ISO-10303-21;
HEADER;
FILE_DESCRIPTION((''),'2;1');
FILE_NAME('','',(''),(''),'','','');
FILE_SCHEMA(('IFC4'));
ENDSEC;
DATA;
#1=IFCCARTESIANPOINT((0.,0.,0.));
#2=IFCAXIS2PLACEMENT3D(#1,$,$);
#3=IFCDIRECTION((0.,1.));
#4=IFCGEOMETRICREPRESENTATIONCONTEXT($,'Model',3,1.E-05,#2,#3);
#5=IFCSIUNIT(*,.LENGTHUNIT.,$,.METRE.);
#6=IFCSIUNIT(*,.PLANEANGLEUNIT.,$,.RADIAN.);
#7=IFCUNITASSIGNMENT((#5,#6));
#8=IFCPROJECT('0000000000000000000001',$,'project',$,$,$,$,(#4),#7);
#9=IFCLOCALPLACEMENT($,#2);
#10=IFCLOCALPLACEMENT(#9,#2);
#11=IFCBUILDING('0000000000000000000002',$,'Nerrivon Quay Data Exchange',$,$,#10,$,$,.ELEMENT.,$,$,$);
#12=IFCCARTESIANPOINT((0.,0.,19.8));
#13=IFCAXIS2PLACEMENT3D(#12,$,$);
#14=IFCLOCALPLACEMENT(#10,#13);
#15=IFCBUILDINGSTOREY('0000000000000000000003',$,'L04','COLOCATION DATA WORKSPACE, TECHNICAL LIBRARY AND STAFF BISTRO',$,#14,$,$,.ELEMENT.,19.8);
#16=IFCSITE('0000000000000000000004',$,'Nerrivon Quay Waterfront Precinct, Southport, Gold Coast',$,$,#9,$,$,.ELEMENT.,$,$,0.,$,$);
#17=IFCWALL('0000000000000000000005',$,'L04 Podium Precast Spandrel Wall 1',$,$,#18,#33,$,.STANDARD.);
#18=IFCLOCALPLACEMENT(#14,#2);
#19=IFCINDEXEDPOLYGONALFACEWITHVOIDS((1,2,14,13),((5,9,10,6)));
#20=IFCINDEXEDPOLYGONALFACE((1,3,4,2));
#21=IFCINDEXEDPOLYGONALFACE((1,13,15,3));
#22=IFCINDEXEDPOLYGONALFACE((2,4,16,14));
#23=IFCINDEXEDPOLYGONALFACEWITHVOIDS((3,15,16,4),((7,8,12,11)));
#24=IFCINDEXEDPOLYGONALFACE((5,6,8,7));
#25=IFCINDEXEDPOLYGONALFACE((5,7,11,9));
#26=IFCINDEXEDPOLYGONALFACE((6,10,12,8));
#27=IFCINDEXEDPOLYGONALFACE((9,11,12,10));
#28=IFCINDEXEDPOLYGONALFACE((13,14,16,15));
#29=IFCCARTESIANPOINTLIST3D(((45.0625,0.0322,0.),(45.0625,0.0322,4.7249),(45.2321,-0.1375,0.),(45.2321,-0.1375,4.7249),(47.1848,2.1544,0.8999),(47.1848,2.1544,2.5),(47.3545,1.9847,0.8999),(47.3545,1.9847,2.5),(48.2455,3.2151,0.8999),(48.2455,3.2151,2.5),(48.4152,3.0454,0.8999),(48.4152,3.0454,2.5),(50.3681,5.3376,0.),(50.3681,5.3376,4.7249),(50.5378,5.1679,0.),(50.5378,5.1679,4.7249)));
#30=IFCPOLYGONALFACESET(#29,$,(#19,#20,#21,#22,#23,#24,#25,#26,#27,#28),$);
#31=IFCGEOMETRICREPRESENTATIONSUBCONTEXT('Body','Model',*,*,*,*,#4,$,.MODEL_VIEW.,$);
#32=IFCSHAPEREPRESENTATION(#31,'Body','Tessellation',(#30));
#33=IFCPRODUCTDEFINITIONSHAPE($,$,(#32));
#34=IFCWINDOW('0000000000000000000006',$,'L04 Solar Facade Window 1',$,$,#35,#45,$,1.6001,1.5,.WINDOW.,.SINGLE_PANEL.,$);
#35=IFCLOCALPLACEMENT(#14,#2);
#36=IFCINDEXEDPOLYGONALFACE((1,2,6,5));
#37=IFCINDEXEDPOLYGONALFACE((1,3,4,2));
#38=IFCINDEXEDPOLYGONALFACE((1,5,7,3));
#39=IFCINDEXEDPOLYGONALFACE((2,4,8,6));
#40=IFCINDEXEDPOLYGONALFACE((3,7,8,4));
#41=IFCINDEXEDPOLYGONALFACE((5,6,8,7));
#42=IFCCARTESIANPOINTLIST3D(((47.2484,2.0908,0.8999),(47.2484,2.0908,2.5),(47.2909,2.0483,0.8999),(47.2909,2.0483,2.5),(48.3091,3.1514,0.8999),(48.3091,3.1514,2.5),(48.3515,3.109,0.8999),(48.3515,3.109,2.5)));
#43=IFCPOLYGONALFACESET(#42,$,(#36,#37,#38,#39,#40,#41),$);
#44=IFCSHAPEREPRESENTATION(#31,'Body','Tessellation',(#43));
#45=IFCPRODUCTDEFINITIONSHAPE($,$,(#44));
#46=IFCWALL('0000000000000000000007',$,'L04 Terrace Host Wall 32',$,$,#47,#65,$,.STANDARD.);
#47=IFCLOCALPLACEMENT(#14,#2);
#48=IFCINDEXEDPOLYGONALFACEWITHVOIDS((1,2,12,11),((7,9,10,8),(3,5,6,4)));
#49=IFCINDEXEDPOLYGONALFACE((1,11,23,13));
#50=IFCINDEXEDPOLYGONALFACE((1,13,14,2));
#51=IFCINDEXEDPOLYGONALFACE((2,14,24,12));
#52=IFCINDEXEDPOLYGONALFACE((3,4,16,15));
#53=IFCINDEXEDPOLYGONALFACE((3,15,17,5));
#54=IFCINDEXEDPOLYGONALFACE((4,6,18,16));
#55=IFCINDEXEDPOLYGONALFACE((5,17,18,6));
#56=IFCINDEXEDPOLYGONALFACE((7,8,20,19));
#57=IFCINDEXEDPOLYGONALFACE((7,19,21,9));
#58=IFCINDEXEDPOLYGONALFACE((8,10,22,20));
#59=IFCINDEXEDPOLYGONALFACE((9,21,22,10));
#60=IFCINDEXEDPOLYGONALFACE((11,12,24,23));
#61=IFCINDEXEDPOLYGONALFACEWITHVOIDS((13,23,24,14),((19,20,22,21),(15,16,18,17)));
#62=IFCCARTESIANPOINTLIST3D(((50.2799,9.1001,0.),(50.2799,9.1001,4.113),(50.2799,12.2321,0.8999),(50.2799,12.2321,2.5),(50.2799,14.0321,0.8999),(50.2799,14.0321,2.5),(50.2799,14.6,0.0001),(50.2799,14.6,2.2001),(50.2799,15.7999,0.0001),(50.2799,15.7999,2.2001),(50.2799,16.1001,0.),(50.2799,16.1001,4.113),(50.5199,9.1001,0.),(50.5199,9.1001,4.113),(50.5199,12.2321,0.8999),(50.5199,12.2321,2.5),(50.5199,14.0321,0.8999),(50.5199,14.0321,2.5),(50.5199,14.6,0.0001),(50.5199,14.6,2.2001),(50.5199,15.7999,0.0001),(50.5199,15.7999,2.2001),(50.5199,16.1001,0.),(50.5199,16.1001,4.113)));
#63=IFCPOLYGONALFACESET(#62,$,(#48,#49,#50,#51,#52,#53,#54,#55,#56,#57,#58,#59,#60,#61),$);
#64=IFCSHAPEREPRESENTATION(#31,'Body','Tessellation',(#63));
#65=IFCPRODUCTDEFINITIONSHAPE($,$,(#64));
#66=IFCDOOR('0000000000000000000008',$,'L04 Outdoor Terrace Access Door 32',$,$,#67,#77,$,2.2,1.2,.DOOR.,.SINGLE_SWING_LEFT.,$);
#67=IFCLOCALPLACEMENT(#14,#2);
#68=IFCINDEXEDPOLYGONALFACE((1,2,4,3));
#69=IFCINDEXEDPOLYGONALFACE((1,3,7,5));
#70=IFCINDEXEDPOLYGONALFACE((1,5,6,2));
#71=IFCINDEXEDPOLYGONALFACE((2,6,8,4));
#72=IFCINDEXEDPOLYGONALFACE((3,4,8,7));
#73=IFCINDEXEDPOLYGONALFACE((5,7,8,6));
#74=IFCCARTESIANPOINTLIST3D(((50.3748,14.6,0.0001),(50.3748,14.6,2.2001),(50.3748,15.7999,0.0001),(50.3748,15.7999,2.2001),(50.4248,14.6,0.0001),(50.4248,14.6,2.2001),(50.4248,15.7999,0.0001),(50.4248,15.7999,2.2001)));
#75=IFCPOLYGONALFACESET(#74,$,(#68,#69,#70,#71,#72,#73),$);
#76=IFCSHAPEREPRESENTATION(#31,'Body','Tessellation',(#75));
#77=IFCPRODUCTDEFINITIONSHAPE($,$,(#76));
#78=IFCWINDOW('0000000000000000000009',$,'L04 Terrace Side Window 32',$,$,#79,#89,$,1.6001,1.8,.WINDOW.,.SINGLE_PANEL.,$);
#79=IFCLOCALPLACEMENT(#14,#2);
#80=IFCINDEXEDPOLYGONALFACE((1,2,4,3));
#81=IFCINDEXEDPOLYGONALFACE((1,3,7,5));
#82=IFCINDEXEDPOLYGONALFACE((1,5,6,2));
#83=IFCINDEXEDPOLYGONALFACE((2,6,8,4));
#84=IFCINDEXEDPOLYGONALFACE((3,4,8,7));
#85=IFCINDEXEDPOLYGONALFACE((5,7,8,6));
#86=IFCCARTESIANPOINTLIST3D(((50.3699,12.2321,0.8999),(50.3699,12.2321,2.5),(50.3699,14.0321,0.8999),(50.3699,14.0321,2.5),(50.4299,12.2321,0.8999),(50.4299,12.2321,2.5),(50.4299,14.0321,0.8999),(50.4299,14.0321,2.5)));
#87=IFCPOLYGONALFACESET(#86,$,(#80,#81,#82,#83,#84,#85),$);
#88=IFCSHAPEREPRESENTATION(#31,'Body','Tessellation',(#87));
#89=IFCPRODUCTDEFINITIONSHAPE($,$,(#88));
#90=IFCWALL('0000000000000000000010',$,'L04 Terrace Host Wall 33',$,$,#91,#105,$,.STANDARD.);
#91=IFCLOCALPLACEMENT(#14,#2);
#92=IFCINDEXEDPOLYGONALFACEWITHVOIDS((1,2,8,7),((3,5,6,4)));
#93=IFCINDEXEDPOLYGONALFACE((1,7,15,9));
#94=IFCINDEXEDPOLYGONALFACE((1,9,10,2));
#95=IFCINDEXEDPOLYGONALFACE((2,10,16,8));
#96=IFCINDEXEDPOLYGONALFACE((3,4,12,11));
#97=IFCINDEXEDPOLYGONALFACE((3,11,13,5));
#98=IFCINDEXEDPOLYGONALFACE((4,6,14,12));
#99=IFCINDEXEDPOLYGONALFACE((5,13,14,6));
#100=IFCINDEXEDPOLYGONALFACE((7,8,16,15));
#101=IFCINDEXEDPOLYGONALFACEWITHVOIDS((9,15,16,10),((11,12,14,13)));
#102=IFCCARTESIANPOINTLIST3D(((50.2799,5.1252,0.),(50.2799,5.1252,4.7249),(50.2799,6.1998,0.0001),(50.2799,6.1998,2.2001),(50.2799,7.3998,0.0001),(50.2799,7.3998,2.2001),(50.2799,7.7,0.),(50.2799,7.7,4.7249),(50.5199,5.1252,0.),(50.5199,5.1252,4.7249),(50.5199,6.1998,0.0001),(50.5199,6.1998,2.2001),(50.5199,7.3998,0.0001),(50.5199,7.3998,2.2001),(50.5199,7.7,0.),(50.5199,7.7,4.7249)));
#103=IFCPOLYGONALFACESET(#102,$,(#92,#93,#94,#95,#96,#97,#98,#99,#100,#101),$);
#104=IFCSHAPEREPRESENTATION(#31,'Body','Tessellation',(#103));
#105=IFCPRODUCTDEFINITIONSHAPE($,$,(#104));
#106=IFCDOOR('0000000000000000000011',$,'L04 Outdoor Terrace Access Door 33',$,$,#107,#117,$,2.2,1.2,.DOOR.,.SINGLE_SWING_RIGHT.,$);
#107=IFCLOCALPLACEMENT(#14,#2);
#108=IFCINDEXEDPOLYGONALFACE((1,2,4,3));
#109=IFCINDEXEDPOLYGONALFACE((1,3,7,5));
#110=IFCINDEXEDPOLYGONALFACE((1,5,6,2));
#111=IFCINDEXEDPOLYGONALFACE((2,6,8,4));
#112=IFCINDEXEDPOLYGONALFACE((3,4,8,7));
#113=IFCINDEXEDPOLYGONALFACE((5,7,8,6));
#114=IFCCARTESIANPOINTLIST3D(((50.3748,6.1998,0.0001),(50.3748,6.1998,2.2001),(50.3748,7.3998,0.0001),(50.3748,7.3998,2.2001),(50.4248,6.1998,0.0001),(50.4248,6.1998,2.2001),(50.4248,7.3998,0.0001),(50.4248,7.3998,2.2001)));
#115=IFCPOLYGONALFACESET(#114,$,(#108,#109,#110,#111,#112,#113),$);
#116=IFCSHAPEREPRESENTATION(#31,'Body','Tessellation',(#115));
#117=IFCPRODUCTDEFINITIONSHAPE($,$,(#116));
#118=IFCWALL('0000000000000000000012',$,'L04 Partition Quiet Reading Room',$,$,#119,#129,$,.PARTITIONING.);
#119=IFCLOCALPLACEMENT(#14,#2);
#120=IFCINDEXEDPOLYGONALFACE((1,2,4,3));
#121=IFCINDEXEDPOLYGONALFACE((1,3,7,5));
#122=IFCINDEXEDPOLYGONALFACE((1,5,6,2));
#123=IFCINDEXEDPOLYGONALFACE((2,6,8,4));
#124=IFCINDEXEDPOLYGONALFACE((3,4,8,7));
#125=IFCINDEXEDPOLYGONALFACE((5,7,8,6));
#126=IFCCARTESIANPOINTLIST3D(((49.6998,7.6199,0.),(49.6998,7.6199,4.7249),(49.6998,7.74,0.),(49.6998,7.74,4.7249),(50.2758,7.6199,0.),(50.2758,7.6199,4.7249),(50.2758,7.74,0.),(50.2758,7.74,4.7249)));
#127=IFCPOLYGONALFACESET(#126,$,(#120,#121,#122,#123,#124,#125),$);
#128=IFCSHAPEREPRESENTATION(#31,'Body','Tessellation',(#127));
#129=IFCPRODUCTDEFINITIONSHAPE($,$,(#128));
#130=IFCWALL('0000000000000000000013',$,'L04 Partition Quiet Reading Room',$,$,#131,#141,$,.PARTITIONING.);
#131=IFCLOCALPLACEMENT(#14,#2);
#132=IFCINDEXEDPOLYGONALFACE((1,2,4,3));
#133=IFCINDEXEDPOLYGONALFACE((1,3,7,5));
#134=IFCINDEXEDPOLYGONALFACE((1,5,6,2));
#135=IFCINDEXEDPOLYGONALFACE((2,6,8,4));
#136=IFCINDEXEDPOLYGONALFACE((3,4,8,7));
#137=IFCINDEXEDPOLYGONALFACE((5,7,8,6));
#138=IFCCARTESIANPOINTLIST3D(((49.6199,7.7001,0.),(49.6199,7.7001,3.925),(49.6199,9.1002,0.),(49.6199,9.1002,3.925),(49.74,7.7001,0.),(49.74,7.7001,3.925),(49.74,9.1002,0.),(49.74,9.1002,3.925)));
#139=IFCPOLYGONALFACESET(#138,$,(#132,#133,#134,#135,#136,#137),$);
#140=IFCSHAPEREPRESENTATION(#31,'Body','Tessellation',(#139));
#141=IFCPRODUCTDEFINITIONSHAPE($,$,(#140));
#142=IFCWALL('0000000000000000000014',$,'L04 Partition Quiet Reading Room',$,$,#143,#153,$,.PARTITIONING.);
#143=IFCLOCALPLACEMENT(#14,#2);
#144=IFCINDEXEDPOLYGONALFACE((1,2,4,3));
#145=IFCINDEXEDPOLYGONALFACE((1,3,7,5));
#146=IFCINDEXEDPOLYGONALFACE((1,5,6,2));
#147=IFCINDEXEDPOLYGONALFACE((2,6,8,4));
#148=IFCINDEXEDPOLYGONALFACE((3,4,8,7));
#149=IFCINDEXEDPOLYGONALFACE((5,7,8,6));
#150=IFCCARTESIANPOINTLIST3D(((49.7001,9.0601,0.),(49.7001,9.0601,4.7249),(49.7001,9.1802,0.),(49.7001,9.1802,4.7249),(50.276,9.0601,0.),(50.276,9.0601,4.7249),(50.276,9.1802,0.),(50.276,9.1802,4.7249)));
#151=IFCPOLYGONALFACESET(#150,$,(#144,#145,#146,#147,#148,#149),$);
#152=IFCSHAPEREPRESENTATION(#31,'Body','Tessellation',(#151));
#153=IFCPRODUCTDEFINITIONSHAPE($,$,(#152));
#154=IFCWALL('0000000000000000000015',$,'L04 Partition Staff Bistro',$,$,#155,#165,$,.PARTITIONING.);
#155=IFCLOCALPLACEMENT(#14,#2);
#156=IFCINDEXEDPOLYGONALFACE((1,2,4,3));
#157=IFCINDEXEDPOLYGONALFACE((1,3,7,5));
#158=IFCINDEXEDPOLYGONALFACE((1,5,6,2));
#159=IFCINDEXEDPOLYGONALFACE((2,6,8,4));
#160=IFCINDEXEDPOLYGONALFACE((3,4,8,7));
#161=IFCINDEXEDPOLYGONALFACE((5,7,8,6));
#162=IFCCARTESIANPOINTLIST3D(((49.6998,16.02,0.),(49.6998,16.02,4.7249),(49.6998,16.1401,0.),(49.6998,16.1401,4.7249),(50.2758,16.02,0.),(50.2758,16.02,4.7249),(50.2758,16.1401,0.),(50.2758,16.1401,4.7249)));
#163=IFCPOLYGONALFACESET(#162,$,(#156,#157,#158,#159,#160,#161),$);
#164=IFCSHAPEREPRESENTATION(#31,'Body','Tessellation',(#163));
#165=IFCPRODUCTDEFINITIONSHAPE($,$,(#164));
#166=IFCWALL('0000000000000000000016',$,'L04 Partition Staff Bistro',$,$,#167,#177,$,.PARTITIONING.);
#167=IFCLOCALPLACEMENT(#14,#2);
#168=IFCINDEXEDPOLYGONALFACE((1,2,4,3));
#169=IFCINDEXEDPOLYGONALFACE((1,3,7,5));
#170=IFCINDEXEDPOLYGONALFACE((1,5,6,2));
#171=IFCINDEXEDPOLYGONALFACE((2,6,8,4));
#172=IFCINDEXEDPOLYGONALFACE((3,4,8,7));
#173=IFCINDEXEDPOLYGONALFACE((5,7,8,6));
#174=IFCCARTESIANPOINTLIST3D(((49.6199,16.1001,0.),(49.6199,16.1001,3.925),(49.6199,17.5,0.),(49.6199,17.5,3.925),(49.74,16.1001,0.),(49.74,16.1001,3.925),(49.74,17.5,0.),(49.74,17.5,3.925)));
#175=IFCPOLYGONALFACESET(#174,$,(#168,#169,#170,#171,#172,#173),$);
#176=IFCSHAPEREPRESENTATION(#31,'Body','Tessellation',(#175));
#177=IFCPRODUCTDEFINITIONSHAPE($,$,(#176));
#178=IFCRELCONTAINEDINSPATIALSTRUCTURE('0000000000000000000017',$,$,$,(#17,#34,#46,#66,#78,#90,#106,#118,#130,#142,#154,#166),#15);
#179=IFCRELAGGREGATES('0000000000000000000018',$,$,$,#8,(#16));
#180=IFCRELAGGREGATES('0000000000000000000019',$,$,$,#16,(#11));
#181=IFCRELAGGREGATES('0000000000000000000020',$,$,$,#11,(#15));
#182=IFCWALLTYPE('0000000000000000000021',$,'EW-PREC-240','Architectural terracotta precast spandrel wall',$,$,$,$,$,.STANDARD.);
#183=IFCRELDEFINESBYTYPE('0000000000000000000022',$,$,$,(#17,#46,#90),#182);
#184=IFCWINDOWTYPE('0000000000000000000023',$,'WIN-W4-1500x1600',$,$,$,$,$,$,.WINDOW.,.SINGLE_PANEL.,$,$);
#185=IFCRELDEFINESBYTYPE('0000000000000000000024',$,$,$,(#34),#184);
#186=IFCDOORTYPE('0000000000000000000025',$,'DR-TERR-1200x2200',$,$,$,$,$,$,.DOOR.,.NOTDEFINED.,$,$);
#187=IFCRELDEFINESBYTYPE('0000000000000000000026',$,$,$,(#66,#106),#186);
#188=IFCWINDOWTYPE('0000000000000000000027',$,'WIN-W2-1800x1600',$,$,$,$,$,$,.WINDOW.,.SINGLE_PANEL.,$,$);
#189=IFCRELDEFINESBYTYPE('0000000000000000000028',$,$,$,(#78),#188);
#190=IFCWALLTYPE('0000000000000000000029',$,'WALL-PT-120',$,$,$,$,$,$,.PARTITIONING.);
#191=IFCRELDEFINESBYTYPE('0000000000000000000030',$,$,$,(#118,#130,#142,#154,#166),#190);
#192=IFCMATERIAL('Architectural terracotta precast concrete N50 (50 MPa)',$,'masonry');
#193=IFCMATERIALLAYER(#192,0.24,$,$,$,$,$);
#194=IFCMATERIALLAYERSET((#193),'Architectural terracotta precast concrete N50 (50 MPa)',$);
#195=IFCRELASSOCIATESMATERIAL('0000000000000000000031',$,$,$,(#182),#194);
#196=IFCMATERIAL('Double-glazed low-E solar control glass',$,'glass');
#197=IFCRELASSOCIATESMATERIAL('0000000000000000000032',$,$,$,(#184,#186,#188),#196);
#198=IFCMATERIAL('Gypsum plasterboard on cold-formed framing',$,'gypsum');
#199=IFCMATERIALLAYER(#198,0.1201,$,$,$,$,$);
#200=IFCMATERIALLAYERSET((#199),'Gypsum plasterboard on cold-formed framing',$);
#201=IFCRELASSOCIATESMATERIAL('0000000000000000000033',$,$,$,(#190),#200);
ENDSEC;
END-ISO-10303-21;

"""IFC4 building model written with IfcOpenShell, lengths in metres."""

from ifc_helpers import new_model, si_unit, direction, frame, frame_2d, origin, place, context, subcontext, project, spatial, rectangle, extrude, material, layer, layer_set, type_object, element, fill, save


model = new_model("IFC4")

# Units and contexts
model_context = context("Model", 3, precision=1e-05, world=origin(), true_north=direction((0.0, 1.0)))
body_context = subcontext(model_context, "Body", "Model", "MODEL_VIEW")
ifc_project = project(units=[si_unit("LENGTHUNIT", "METRE"), si_unit("PLANEANGLEUNIT", "RADIAN")], contexts=[model_context])

# Site, building, storey
site_placement = place(None, origin())
site = spatial("IfcSite", under=ifc_project, at=site_placement, Name="Nerrivon Quay Waterfront Precinct, Southport, Gold Coast", CompositionType="ELEMENT", RefElevation=0.0)
building_placement = place(site_placement, origin())
building = spatial("IfcBuilding", under=site, at=building_placement, Name="Nerrivon Quay Data Exchange", CompositionType="ELEMENT")
storey_placement = place(building_placement, frame((0.0, 0.0, 19.8)))
storey = spatial("IfcBuildingStorey", under=building, at=storey_placement, Name="L04", Description="COLOCATION DATA WORKSPACE, TECHNICAL LIBRARY AND STAFF BISTRO", CompositionType="ELEMENT", Elevation=19.8)

# Shared definitions
ifc_material_1 = material(Name="Double-glazed low-E solar control glass", Category="glass")

# Wall, opening, window
ifc_material_2 = material(Name="Architectural terracotta precast concrete N50 (50 MPa)", Category="masonry")
ifc_layer_1 = layer(ifc_material_2, 0.24)
ifc_layer_set_1 = layer_set([ifc_layer_1], Name="Architectural terracotta precast concrete N50 (50 MPa)")
wall_type_1 = type_object("IfcWallType", Name="EW-PREC-240", Description="Architectural terracotta precast spandrel wall", PredefinedType="STANDARD", material=ifc_layer_set_1)
wall_1_placement = place(storey_placement, frame((50.4529, 5.2527, 0.0), z_axis=(0.0, 0.0, 1.0), x_axis=(-0.707123, -0.707091, 0.0)))
wall_1 = element("IfcWall", 1, at=wall_1_placement, inside=storey, type_object=wall_type_1, Name="L04 Podium Precast Spandrel Wall 1", PredefinedType="STANDARD", context=body_context, shape_type="SweptSolid", body=[
    extrude(rectangle(XDim=7.5032, YDim=0.24, at=frame_2d((3.7515, 0.0))), origin(), (0.0, 0.0, 1.0), 4.7249),
])
opening_1_placement = place(wall_1_placement, frame((3.0017, 0.0, 0.8999)))
opening_1 = element("IfcOpeningElement", 2, at=opening_1_placement, cuts=wall_1, PredefinedType="OPENING", context=body_context, shape_type="SweptSolid", body=[
    extrude(rectangle(XDim=1.5, YDim=1.6001, at=frame_2d((0.75, 0.8))), frame((0.0, 0.1299, 0.0), z_axis=(0.0, -1.0, 0.0), x_axis=(1.0, 0.0, 0.0)), (0.0, 0.0, 1.0), 0.26),
])
window_type_1 = type_object("IfcWindowType", Name="WIN-W4-1500x1600", PartitioningType="SINGLE_PANEL", PredefinedType="WINDOW", material=ifc_material_1)
window_1_placement = place(opening_1_placement, origin())
window_1 = element("IfcWindow", 3, at=window_1_placement, inside=storey, type_object=window_type_1, Name="L04 Solar Facade Window 1", OverallHeight=1.6001, OverallWidth=1.5, PartitioningType="SINGLE_PANEL", PredefinedType="WINDOW", context=body_context, shape_type="SweptSolid", body=[
    extrude(rectangle(XDim=1.5, YDim=1.6001, at=frame_2d((0.75, 0.8))), frame((0.0, 0.03, 0.0), z_axis=(0.0, -1.0, 0.0), x_axis=(1.0, 0.0, 0.0)), (0.0, 0.0, 1.0), 0.0601),
])
fill(opening_1, window_1)

# Wall, openings, door, window
wall_2_placement = place(storey_placement, frame((50.3999, 16.1001, 0.0), z_axis=(0.0, 0.0, 1.0), x_axis=(0.0, -1.0, 0.0)))
wall_2 = element("IfcWall", 4, at=wall_2_placement, inside=storey, type_object=wall_type_1, Name="L04 Terrace Host Wall 32", PredefinedType="STANDARD", context=body_context, shape_type="SweptSolid", body=[
    extrude(rectangle(XDim=7.0, YDim=0.24, at=frame_2d((3.5, 0.0))), origin(), (0.0, 0.0, 1.0), 4.113),
])
opening_2_placement = place(wall_2_placement, frame((0.3, 0.0, 0.0)))
opening_2 = element("IfcOpeningElement", 5, at=opening_2_placement, cuts=wall_2, PredefinedType="OPENING", context=body_context, shape_type="SweptSolid", body=[
    extrude(rectangle(XDim=1.2, YDim=2.2, at=frame_2d((0.6001, 1.1001))), frame((0.0, 0.1299, 0.0), z_axis=(0.0, -1.0, 0.0), x_axis=(1.0, 0.0, 0.0)), (0.0, 0.0, 1.0), 0.26),
])
opening_3_placement = place(wall_2_placement, frame((2.0681, 0.0, 0.8999)))
opening_3 = element("IfcOpeningElement", 6, at=opening_3_placement, cuts=wall_2, PredefinedType="OPENING", context=body_context, shape_type="SweptSolid", body=[
    extrude(rectangle(XDim=1.8, YDim=1.6001, at=frame_2d((0.8999, 0.8))), frame((0.0, 0.1299, 0.0), z_axis=(0.0, -1.0, 0.0), x_axis=(1.0, 0.0, 0.0)), (0.0, 0.0, 1.0), 0.26),
])
door_type = type_object("IfcDoorType", Name="DR-TERR-1200x2200", OperationType="NOTDEFINED", PredefinedType="DOOR", material=ifc_material_1)
door_1_placement = place(opening_2_placement, origin())
door_1 = element("IfcDoor", 7, at=door_1_placement, inside=storey, type_object=door_type, Name="L04 Outdoor Terrace Access Door 32", OperationType="SINGLE_SWING_LEFT", OverallHeight=2.2, OverallWidth=1.2, PredefinedType="DOOR", context=body_context, shape_type="SweptSolid", body=[
    extrude(rectangle(XDim=1.2, YDim=2.2, at=frame_2d((0.6001, 1.1001))), frame((0.0, 0.0249, 0.0), z_axis=(0.0, -1.0, 0.0), x_axis=(1.0, 0.0, 0.0)), (0.0, 0.0, 1.0), 0.05),
])
fill(opening_2, door_1)
window_type_2 = type_object("IfcWindowType", Name="WIN-W2-1800x1600", PartitioningType="SINGLE_PANEL", PredefinedType="WINDOW", material=ifc_material_1)
window_2_placement = place(opening_3_placement, origin())
window_2 = element("IfcWindow", 8, at=window_2_placement, inside=storey, type_object=window_type_2, Name="L04 Terrace Side Window 32", OverallHeight=1.6001, OverallWidth=1.8, PartitioningType="SINGLE_PANEL", PredefinedType="WINDOW", context=body_context, shape_type="SweptSolid", body=[
    extrude(rectangle(XDim=1.8, YDim=1.6001, at=frame_2d((0.8999, 0.8))), frame((0.0, 0.03, 0.0), z_axis=(0.0, -1.0, 0.0), x_axis=(1.0, 0.0, 0.0)), (0.0, 0.0, 1.0), 0.0601),
])
fill(opening_3, window_2)

# Wall, opening, door
wall_3_placement = place(storey_placement, frame((50.3999, 7.7, 0.0), z_axis=(0.0, 0.0, 1.0), x_axis=(0.0, -1.0, 0.0)))
wall_3 = element("IfcWall", 9, at=wall_3_placement, inside=storey, type_object=wall_type_1, Name="L04 Terrace Host Wall 33", PredefinedType="STANDARD", context=body_context, shape_type="SweptSolid", body=[
    extrude(rectangle(XDim=2.5747, YDim=0.24, at=frame_2d((1.2874, 0.0))), origin(), (0.0, 0.0, 1.0), 4.7249),
])
opening_4_placement = place(wall_3_placement, frame((0.3, 0.0, 0.0)))
opening_4 = element("IfcOpeningElement", 10, at=opening_4_placement, cuts=wall_3, PredefinedType="OPENING", context=body_context, shape_type="SweptSolid", body=[
    extrude(rectangle(XDim=1.2, YDim=2.2, at=frame_2d((0.6001, 1.1001))), frame((0.0, 0.1299, 0.0), z_axis=(0.0, -1.0, 0.0), x_axis=(1.0, 0.0, 0.0)), (0.0, 0.0, 1.0), 0.26),
])
door_2_placement = place(opening_4_placement, origin())
door_2 = element("IfcDoor", 11, at=door_2_placement, inside=storey, type_object=door_type, Name="L04 Outdoor Terrace Access Door 33", OperationType="SINGLE_SWING_RIGHT", OverallHeight=2.2, OverallWidth=1.2, PredefinedType="DOOR", context=body_context, shape_type="SweptSolid", body=[
    extrude(rectangle(XDim=1.2, YDim=2.2, at=frame_2d((0.6001, 1.1001))), frame((0.0, 0.0249, 0.0), z_axis=(0.0, -1.0, 0.0), x_axis=(1.0, 0.0, 0.0)), (0.0, 0.0, 1.0), 0.05),
])
fill(opening_4, door_2)

# Walls
ifc_material_3 = material(Name="Gypsum plasterboard on cold-formed framing", Category="gypsum")
ifc_layer_2 = layer(ifc_material_3, 0.1201)
ifc_layer_set_2 = layer_set([ifc_layer_2], Name="Gypsum plasterboard on cold-formed framing")
wall_type_2 = type_object("IfcWallType", Name="WALL-PT-120", PredefinedType="PARTITIONING", material=ifc_layer_set_2)
wall_4_placement = place(storey_placement, frame((50.2759, 7.6799, 0.0), z_axis=(0.0, 0.0, 1.0), x_axis=(-1.0, 0.0, 0.0)))
element("IfcWall", 12, at=wall_4_placement, inside=storey, type_object=wall_type_2, Name="L04 Partition Quiet Reading Room", PredefinedType="PARTITIONING", context=body_context, shape_type="SweptSolid", body=[
    extrude(rectangle(XDim=0.5759, YDim=0.1201, at=frame_2d((0.2881, 0.0))), origin(), (0.0, 0.0, 1.0), 4.7249),
])
wall_5_placement = place(storey_placement, frame((49.6799, 7.7, 0.0), z_axis=(0.0, 0.0, 1.0), x_axis=(0.0, 1.0, 0.0)))
element("IfcWall", 13, at=wall_5_placement, inside=storey, type_object=wall_type_2, Name="L04 Partition Quiet Reading Room", PredefinedType="PARTITIONING", context=body_context, shape_type="SweptSolid", body=[
    extrude(rectangle(XDim=1.4001, YDim=0.1201, at=frame_2d((0.7002, 0.0))), origin(), (0.0, 0.0, 1.0), 3.925),
])
for number, where, z_axis, x_axis, name in (
    (14, (49.7, 9.1201, 0.0), (0.0, 0.0, 1.0), (1.0, 0.0, 0.0), "L04 Partition Quiet Reading Room"),
    (15, (50.2759, 16.0801, 0.0), (0.0, 0.0, 1.0), (-1.0, 0.0, 0.0), "L04 Partition Staff Bistro"),
):
    element("IfcWall", number, at=place(storey_placement, frame(where, z_axis=z_axis, x_axis=x_axis)), inside=storey, type_object=wall_type_2, Name=name, PredefinedType="PARTITIONING", context=body_context, shape_type="SweptSolid", body=[
        extrude(rectangle(XDim=0.5759, YDim=0.1201, at=frame_2d((0.2881, 0.0))), origin(), (0.0, 0.0, 1.0), 4.7249),
    ])
wall_6_placement = place(storey_placement, frame((49.6799, 16.1001, 0.0), z_axis=(0.0, 0.0, 1.0), x_axis=(0.0, 1.0, 0.0)))
element("IfcWall", 16, at=wall_6_placement, inside=storey, type_object=wall_type_2, Name="L04 Partition Staff Bistro", PredefinedType="PARTITIONING", context=body_context, shape_type="SweptSolid", body=[
    extrude(rectangle(XDim=1.3999, YDim=0.1201, at=frame_2d((0.7, 0.0))), origin(), (0.0, 0.0, 1.0), 3.925),
])

save(model, "model.ifc")
